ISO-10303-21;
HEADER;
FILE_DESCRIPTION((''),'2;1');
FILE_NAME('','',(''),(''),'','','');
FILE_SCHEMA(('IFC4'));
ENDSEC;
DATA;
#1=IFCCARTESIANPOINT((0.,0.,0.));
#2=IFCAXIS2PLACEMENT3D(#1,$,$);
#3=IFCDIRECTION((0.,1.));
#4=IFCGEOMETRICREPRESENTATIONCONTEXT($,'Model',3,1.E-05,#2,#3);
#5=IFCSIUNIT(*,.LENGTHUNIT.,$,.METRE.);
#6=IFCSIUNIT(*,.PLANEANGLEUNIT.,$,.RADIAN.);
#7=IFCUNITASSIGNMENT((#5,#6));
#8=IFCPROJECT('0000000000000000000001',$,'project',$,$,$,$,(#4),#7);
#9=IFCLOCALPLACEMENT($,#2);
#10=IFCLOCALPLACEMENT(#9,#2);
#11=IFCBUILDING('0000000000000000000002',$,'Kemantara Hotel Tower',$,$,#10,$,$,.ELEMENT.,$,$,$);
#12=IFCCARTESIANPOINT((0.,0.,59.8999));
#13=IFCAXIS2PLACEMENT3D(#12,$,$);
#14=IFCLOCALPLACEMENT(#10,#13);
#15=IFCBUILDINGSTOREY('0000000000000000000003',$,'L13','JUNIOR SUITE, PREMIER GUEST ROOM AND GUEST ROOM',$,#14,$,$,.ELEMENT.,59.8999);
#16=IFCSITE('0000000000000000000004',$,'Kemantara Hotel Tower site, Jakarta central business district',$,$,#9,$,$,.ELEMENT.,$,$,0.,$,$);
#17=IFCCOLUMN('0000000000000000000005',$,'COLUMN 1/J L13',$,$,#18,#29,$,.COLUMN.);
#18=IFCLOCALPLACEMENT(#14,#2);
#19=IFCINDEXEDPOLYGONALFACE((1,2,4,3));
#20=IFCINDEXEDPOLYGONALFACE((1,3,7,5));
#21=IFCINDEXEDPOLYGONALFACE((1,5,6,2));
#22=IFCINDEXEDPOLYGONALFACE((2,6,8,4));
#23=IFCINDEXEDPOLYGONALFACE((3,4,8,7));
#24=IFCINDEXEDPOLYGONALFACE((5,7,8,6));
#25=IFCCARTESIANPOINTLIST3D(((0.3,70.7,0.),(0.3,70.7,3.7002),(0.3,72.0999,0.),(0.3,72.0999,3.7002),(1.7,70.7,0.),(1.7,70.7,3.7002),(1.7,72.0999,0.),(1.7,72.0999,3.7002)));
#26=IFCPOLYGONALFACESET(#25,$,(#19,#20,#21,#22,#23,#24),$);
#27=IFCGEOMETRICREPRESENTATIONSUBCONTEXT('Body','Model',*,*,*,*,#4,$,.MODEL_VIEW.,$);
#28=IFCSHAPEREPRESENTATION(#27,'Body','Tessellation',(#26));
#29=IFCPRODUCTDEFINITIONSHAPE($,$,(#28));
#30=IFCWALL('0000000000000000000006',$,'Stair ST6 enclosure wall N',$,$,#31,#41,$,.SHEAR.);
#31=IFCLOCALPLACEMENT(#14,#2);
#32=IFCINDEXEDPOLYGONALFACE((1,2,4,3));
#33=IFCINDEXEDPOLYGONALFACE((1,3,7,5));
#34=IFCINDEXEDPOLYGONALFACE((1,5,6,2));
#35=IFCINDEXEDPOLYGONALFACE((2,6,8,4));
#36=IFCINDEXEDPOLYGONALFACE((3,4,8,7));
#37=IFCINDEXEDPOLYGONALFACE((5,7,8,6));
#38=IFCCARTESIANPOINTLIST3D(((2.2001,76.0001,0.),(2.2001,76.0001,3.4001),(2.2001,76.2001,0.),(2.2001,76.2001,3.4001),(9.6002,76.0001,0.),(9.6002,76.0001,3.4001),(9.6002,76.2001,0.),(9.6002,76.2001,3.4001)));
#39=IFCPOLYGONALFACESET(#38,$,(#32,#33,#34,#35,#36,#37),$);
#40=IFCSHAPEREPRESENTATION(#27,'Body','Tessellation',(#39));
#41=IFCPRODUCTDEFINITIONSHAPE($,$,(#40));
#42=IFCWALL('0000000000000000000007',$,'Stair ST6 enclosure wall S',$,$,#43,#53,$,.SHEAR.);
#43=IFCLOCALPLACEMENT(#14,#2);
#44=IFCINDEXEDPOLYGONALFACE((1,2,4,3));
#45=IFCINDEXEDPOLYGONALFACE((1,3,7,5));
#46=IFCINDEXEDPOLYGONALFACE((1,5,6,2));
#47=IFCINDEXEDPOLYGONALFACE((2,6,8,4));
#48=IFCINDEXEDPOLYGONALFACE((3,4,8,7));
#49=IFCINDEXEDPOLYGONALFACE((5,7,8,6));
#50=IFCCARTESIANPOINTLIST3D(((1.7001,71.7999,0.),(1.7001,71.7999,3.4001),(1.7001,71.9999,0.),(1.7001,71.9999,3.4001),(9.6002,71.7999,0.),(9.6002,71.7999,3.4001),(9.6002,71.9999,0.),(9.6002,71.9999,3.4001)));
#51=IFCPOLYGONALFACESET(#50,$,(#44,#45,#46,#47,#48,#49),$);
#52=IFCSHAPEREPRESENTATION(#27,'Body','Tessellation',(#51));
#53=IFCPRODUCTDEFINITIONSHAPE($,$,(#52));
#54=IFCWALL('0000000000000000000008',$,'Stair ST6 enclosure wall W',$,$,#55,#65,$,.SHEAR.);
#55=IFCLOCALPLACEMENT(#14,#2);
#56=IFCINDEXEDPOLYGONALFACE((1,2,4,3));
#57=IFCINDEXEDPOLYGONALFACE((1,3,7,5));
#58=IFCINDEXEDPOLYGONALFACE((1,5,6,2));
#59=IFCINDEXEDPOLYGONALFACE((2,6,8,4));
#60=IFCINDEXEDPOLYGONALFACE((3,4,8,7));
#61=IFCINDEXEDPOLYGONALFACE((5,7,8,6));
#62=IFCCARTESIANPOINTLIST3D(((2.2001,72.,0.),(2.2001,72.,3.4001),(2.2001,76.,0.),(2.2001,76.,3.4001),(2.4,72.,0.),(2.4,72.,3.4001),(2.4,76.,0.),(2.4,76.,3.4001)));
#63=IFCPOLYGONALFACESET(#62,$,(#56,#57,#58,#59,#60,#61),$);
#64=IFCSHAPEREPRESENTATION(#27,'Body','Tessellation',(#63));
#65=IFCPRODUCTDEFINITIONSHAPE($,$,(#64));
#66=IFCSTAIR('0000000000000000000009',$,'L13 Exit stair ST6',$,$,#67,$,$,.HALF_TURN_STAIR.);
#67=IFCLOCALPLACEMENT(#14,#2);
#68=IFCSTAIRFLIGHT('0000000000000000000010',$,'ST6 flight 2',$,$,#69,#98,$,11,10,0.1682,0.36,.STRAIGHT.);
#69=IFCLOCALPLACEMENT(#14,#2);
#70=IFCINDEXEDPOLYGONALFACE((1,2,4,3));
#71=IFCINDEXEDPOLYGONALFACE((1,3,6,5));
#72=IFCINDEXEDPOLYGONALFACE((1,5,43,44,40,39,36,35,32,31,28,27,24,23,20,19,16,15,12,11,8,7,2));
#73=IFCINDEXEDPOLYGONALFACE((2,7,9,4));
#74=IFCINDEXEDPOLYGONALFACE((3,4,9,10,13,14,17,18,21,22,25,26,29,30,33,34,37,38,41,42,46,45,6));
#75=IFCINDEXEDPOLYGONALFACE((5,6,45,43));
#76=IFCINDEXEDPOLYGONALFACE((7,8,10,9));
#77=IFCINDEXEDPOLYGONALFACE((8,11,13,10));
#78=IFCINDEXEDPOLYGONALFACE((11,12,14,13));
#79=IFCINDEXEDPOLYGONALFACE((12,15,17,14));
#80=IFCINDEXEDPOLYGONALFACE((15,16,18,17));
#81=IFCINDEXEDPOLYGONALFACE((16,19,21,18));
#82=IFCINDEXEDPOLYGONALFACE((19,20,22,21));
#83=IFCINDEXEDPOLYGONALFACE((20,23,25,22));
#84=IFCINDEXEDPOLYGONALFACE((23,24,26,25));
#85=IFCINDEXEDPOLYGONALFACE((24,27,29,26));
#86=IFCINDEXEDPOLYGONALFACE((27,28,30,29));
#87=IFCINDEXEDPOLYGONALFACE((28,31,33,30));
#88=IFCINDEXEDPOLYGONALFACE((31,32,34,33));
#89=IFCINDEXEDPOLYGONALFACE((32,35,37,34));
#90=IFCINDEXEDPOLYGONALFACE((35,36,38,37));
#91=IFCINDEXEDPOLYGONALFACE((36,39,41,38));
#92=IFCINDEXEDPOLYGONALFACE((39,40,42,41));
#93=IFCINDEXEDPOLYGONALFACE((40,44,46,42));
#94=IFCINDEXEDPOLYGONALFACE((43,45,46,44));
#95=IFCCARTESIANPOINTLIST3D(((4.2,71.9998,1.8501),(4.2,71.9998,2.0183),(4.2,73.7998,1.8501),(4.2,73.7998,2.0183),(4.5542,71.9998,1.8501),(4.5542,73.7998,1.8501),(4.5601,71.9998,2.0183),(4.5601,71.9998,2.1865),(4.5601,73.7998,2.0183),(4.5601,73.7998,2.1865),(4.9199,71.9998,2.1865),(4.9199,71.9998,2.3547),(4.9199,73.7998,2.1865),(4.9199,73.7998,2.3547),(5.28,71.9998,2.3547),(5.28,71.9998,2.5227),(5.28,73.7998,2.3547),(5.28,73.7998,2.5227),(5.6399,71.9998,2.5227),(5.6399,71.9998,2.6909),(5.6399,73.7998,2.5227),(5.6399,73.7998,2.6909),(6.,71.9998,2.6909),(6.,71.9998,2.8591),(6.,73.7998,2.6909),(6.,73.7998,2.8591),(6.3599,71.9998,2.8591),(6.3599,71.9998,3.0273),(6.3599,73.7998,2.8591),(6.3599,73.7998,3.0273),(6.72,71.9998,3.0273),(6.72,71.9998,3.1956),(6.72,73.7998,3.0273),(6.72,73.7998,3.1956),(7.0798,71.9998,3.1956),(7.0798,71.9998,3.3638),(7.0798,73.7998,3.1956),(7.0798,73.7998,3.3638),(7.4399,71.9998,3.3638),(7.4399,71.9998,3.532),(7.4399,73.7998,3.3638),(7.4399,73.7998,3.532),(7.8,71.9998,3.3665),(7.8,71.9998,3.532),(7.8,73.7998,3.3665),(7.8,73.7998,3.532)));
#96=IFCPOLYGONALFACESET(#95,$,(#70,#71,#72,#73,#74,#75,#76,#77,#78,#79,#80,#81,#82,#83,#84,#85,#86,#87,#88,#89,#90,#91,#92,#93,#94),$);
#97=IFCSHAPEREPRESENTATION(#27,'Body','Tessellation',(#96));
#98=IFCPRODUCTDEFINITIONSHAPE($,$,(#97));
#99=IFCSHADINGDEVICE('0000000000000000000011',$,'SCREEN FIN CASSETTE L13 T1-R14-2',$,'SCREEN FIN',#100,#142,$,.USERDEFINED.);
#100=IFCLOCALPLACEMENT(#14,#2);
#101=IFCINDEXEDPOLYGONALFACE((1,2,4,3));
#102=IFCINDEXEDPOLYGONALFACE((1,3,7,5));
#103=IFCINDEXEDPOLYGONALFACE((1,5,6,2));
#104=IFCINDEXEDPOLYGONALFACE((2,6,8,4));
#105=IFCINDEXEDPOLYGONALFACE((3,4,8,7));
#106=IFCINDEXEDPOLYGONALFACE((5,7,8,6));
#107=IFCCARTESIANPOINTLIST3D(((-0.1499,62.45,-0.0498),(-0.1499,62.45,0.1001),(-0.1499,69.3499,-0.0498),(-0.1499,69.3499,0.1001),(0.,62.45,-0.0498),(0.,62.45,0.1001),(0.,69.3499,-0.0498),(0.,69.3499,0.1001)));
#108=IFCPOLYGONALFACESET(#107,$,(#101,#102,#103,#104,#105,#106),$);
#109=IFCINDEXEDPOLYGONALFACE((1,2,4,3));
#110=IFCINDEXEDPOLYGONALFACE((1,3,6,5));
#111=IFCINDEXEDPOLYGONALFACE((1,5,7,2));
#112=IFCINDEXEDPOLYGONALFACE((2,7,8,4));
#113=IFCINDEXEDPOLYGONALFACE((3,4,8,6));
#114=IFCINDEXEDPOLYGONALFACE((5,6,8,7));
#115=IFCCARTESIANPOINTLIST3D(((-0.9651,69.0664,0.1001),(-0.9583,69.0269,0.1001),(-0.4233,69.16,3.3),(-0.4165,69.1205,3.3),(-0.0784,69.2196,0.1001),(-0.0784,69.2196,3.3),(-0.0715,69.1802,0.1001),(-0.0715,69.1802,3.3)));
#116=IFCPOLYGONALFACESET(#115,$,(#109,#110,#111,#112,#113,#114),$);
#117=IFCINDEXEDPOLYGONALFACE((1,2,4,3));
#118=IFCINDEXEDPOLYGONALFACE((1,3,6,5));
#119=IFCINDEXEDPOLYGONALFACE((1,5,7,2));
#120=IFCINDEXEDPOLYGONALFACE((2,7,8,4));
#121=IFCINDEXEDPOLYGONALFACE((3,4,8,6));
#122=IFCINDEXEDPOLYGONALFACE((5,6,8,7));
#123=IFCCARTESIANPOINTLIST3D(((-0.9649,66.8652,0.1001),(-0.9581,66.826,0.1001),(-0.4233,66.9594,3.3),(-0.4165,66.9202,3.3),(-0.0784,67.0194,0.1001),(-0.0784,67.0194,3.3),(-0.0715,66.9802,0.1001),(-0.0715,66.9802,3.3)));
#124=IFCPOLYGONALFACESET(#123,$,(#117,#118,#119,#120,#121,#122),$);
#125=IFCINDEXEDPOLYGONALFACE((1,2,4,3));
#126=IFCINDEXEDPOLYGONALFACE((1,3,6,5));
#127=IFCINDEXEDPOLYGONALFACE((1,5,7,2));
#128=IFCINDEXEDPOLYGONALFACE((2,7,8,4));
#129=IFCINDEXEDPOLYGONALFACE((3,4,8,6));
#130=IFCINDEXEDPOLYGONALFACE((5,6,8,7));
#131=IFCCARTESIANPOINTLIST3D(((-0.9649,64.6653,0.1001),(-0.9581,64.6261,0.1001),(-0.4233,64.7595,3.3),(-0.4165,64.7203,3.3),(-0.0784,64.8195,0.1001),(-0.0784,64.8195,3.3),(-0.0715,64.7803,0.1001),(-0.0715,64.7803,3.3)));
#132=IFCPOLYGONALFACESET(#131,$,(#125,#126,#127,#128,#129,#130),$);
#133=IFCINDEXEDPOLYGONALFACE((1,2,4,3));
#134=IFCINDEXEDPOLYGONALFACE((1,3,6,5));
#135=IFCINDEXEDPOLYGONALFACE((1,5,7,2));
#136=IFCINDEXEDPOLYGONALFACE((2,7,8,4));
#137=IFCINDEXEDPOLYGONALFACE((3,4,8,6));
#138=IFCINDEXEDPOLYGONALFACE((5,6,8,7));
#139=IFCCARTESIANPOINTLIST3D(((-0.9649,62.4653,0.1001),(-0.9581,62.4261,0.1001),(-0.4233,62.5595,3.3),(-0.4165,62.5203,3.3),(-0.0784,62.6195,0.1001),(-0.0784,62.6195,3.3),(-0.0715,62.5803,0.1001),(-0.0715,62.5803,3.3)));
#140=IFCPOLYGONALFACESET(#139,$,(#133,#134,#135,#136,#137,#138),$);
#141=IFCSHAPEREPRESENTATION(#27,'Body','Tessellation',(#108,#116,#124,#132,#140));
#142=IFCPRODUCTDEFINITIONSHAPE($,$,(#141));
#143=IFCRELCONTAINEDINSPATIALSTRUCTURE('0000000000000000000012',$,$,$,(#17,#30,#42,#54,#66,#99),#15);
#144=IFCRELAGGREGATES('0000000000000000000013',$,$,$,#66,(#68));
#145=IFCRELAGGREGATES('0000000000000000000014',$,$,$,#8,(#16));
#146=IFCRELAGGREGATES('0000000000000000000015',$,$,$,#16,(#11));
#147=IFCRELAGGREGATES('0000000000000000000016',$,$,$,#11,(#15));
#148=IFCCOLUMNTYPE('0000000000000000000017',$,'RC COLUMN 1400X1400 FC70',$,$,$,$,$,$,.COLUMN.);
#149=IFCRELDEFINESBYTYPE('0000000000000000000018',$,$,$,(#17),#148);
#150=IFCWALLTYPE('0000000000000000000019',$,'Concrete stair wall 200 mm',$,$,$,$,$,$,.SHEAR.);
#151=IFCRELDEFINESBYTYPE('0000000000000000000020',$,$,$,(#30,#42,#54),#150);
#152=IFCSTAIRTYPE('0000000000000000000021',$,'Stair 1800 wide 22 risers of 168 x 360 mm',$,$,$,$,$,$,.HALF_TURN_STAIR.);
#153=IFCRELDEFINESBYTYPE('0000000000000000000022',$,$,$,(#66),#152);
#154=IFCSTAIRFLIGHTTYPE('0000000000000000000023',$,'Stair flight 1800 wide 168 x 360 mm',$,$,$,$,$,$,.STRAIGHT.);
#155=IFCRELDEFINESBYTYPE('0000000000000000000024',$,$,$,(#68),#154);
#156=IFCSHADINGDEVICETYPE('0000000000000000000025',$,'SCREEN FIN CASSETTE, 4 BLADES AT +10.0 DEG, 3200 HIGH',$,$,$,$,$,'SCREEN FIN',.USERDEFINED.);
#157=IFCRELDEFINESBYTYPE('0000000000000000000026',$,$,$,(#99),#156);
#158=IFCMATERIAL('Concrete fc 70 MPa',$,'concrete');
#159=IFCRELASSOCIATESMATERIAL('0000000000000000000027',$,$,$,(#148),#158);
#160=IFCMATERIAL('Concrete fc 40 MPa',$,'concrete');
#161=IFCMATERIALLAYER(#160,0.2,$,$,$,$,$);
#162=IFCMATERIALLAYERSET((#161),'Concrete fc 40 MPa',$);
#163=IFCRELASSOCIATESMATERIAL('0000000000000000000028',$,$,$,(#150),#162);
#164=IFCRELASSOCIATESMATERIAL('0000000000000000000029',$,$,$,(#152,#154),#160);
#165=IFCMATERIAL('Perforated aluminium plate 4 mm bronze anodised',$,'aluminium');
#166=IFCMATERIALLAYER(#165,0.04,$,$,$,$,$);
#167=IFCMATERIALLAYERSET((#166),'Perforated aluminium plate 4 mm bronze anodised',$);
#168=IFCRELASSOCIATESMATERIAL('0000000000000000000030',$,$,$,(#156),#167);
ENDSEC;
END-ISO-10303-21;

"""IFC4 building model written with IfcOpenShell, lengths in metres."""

from ifc_helpers import new_model, si_unit, direction, frame, frame_2d, origin, origin_2d, place, context, subcontext, project, spatial, polyline, rectangle, outline, extrude, source, transform, mapped, material, layer, layer_set, material_profile, profile_set, type_object, element, aggregate, save


model = new_model("IFC4")

# Units and contexts
model_context = context("Model", 3, precision=1e-05, world=origin(), true_north=direction((0.0, 1.0)))
body_context = subcontext(model_context, "Body", "Model", "MODEL_VIEW")
ifc_project = project(units=[si_unit("LENGTHUNIT", "METRE"), si_unit("PLANEANGLEUNIT", "RADIAN")], contexts=[model_context])

# Site, building, storey
site_placement = place(None, origin())
site = spatial("IfcSite", under=ifc_project, at=site_placement, Name="Kemantara Hotel Tower site, Jakarta central business district", CompositionType="ELEMENT", RefElevation=0.0)
building_placement = place(site_placement, origin())
building = spatial("IfcBuilding", under=site, at=building_placement, Name="Kemantara Hotel Tower", CompositionType="ELEMENT")
storey_placement = place(building_placement, frame((0.0, 0.0, 59.8999)))
storey = spatial("IfcBuildingStorey", under=building, at=storey_placement, Name="L13", Description="JUNIOR SUITE, PREMIER GUEST ROOM AND GUEST ROOM", CompositionType="ELEMENT", Elevation=59.8999)

# Column
ifc_material_1 = material(Name="Concrete fc 70 MPa", Category="concrete")
ifc_material_profile = material_profile(ifc_material_1, rectangle(XDim=1.3999, YDim=1.3999, at=origin_2d()), Name="RC 1400X1400")
ifc_profile_set = profile_set([ifc_material_profile], Name="Concrete fc 70 MPa")
column_type = type_object("IfcColumnType", Name="RC COLUMN 1400X1400 FC70", PredefinedType="COLUMN", material=ifc_profile_set)
column_placement = place(storey_placement, frame((1.0, 71.3999, 0.0), z_axis=(0.0, 0.0, 1.0), x_axis=(1.0, 0.0, 0.0)))
element("IfcColumn", 1, at=column_placement, inside=storey, type_object=column_type, Name="COLUMN 1/J L13", PredefinedType="COLUMN", context=body_context, shape_type="SweptSolid", body=[
    extrude(rectangle(XDim=1.3999, YDim=1.3999, at=origin_2d()), origin(), (0.0, 0.0, 1.0), 3.7002),
])

# Walls
ifc_material_2 = material(Name="Concrete fc 40 MPa", Category="concrete")
ifc_layer_1 = layer(ifc_material_2, 0.2)
ifc_layer_set_1 = layer_set([ifc_layer_1], Name="Concrete fc 40 MPa")
wall_type = type_object("IfcWallType", Name="Concrete stair wall 200 mm", PredefinedType="SHEAR", material=ifc_layer_set_1)
wall_1_placement = place(storey_placement, frame((2.2, 76.1001, 0.0), z_axis=(0.0, 0.0, 1.0), x_axis=(1.0, 0.0, 0.0)))
element("IfcWall", 2, at=wall_1_placement, inside=storey, type_object=wall_type, Name="Stair ST6 enclosure wall N", PredefinedType="SHEAR", context=body_context, shape_type="SweptSolid", body=[
    extrude(rectangle(XDim=7.4001, YDim=0.2, at=frame_2d((3.7002, 0.0))), origin(), (0.0, 0.0, 1.0), 3.4001),
])
wall_2_placement = place(storey_placement, frame((1.7, 71.8999, 0.0), z_axis=(0.0, 0.0, 1.0), x_axis=(1.0, 0.0, 0.0)))
element("IfcWall", 3, at=wall_2_placement, inside=storey, type_object=wall_type, Name="Stair ST6 enclosure wall S", PredefinedType="SHEAR", context=body_context, shape_type="SweptSolid", body=[
    extrude(rectangle(XDim=7.9001, YDim=0.2, at=frame_2d((3.9502, 0.0))), origin(), (0.0, 0.0, 1.0), 3.4001),
])
wall_3_placement = place(storey_placement, frame((2.3, 72.0, 0.0), z_axis=(0.0, 0.0, 1.0), x_axis=(0.0, 1.0, 0.0)))
element("IfcWall", 4, at=wall_3_placement, inside=storey, type_object=wall_type, Name="Stair ST6 enclosure wall W", PredefinedType="SHEAR", context=body_context, shape_type="SweptSolid", body=[
    extrude(rectangle(XDim=4.0, YDim=0.2, at=frame_2d((2.0, 0.0))), origin(), (0.0, 0.0, 1.0), 3.4001),
])

# Stair, stair flight
stair_type = type_object("IfcStairType", Name="Stair 1800 wide 22 risers of 168 x 360 mm", PredefinedType="HALF_TURN_STAIR", material=ifc_material_2)
stair_placement = place(storey_placement, origin())
stair = element("IfcStair", 5, at=stair_placement, inside=storey, type_object=stair_type, Name="L13 Exit stair ST6", PredefinedType="HALF_TURN_STAIR")
stair_flight_type = type_object("IfcStairFlightType", Name="Stair flight 1800 wide 168 x 360 mm", PredefinedType="STRAIGHT", material=ifc_material_2)
stair_flight_placement = place(storey_placement, frame((4.2, 72.8999, 1.8501), z_axis=(0.0, 0.0, 1.0), x_axis=(1.0, 0.0, 0.0)))
stair_flight = element("IfcStairFlight", 6, at=stair_flight_placement, type_object=stair_flight_type, Name="ST6 flight 2", NumberOfRisers=11, NumberOfTreads=10, PredefinedType="STRAIGHT", RiserHeight=0.1682, TreadLength=0.36, context=body_context, shape_type="SweptSolid", body=[
    extrude(outline(polyline([(0.0, 0.0), (0.0, 0.1682), (0.3601, 0.1682), (0.3601, 0.3364), (0.72, 0.3364), (0.72, 0.5046), (1.0801, 0.5046), (1.0801, 0.6726), (1.4399, 0.6726), (1.4399, 0.8408), (1.8, 0.8408), (1.8, 1.009), (2.1599, 1.009), (2.1599, 1.1772), (2.52, 1.1772), (2.52, 1.3455), (2.8799, 1.3455), (2.8799, 1.5137), (3.24, 1.5137), (3.24, 1.6819), (3.6001, 1.6819), (3.6001, 1.8501), (3.6001, 1.5164), (0.3542, 0.0), (0.0, 0.0)])), frame((0.0, 0.8999, 0.0), z_axis=(0.0, -1.0, 0.0), x_axis=(1.0, 0.0, 0.0)), (0.0, 0.0, 1.0), 1.8),
])
aggregate(stair, [stair_flight])

# Shading device
ifc_material_3 = material(Name="Perforated aluminium plate 4 mm bronze anodised", Category="aluminium")
ifc_layer_2 = layer(ifc_material_3, 0.04)
ifc_layer_set_2 = layer_set([ifc_layer_2], Name="Perforated aluminium plate 4 mm bronze anodised")
shading_device_type = type_object("IfcShadingDeviceType", Name="SCREEN FIN CASSETTE, 4 BLADES AT +10.0 DEG, 3200 HIGH", ElementType="SCREEN FIN", PredefinedType="USERDEFINED", material=ifc_layer_set_2)
shared_shape = source(origin(), body_context, "Body", "SweptSolid", [
    extrude(rectangle(XDim=6.8999, YDim=0.1499, at=origin_2d()), frame((3.3, -0.075, -0.1499), z_axis=(0.0, 0.0, 1.0), x_axis=(1.0, 0.0, 0.0)), (0.0, 0.0, 1.0), 0.1499),
    extrude(outline(polyline([(0.0, 0.0), (0.8999, 0.0), (0.3501, 3.2), (0.0, 3.2), (0.0, 0.0)])), frame((0.0198, -0.0715, 0.0), z_axis=(-0.98539, -0.170314, 0.0), x_axis=(0.170314, -0.98539, 0.0)), (0.0, 0.0, 1.0), 0.04),
    extrude(outline(polyline([(0.0, 0.0), (0.8999, 0.0), (0.3501, 3.2), (0.0, 3.2), (0.0, 0.0)])), frame((2.2197, -0.0715, 0.0), z_axis=(-0.985212, -0.171341, 0.0), x_axis=(0.171341, -0.985212, 0.0)), (0.0, 0.0, 1.0), 0.0398),
    extrude(outline(polyline([(0.0, 0.0), (0.8999, 0.0), (0.3501, 3.2), (0.0, 3.2), (0.0, 0.0)])), frame((4.4197, -0.0715, 0.0), z_axis=(-0.985212, -0.171341, 0.0), x_axis=(0.171341, -0.985212, 0.0)), (0.0, 0.0, 1.0), 0.0398),
    extrude(outline(polyline([(0.0, 0.0), (0.8999, 0.0), (0.3501, 3.2), (0.0, 3.2), (0.0, 0.0)])), frame((6.6196, -0.0715, 0.0), z_axis=(-0.985212, -0.171341, 0.0), x_axis=(0.171341, -0.985212, 0.0)), (0.0, 0.0, 1.0), 0.0398),
])
shading_device_placement = place(storey_placement, frame((0.0, 69.2, 0.1001), z_axis=(0.0, 0.0, 1.0), x_axis=(0.0, -1.0, 0.0)))
element("IfcShadingDevice", 7, at=shading_device_placement, inside=storey, type_object=shading_device_type, Name="SCREEN FIN CASSETTE L13 T1-R14-2", ObjectType="SCREEN FIN", PredefinedType="USERDEFINED", context=body_context, shape_type="MappedRepresentation", body=[
    mapped(shared_shape, transform((0.0, 0.0, 0.0))),
])

save(model, "model.ifc")
